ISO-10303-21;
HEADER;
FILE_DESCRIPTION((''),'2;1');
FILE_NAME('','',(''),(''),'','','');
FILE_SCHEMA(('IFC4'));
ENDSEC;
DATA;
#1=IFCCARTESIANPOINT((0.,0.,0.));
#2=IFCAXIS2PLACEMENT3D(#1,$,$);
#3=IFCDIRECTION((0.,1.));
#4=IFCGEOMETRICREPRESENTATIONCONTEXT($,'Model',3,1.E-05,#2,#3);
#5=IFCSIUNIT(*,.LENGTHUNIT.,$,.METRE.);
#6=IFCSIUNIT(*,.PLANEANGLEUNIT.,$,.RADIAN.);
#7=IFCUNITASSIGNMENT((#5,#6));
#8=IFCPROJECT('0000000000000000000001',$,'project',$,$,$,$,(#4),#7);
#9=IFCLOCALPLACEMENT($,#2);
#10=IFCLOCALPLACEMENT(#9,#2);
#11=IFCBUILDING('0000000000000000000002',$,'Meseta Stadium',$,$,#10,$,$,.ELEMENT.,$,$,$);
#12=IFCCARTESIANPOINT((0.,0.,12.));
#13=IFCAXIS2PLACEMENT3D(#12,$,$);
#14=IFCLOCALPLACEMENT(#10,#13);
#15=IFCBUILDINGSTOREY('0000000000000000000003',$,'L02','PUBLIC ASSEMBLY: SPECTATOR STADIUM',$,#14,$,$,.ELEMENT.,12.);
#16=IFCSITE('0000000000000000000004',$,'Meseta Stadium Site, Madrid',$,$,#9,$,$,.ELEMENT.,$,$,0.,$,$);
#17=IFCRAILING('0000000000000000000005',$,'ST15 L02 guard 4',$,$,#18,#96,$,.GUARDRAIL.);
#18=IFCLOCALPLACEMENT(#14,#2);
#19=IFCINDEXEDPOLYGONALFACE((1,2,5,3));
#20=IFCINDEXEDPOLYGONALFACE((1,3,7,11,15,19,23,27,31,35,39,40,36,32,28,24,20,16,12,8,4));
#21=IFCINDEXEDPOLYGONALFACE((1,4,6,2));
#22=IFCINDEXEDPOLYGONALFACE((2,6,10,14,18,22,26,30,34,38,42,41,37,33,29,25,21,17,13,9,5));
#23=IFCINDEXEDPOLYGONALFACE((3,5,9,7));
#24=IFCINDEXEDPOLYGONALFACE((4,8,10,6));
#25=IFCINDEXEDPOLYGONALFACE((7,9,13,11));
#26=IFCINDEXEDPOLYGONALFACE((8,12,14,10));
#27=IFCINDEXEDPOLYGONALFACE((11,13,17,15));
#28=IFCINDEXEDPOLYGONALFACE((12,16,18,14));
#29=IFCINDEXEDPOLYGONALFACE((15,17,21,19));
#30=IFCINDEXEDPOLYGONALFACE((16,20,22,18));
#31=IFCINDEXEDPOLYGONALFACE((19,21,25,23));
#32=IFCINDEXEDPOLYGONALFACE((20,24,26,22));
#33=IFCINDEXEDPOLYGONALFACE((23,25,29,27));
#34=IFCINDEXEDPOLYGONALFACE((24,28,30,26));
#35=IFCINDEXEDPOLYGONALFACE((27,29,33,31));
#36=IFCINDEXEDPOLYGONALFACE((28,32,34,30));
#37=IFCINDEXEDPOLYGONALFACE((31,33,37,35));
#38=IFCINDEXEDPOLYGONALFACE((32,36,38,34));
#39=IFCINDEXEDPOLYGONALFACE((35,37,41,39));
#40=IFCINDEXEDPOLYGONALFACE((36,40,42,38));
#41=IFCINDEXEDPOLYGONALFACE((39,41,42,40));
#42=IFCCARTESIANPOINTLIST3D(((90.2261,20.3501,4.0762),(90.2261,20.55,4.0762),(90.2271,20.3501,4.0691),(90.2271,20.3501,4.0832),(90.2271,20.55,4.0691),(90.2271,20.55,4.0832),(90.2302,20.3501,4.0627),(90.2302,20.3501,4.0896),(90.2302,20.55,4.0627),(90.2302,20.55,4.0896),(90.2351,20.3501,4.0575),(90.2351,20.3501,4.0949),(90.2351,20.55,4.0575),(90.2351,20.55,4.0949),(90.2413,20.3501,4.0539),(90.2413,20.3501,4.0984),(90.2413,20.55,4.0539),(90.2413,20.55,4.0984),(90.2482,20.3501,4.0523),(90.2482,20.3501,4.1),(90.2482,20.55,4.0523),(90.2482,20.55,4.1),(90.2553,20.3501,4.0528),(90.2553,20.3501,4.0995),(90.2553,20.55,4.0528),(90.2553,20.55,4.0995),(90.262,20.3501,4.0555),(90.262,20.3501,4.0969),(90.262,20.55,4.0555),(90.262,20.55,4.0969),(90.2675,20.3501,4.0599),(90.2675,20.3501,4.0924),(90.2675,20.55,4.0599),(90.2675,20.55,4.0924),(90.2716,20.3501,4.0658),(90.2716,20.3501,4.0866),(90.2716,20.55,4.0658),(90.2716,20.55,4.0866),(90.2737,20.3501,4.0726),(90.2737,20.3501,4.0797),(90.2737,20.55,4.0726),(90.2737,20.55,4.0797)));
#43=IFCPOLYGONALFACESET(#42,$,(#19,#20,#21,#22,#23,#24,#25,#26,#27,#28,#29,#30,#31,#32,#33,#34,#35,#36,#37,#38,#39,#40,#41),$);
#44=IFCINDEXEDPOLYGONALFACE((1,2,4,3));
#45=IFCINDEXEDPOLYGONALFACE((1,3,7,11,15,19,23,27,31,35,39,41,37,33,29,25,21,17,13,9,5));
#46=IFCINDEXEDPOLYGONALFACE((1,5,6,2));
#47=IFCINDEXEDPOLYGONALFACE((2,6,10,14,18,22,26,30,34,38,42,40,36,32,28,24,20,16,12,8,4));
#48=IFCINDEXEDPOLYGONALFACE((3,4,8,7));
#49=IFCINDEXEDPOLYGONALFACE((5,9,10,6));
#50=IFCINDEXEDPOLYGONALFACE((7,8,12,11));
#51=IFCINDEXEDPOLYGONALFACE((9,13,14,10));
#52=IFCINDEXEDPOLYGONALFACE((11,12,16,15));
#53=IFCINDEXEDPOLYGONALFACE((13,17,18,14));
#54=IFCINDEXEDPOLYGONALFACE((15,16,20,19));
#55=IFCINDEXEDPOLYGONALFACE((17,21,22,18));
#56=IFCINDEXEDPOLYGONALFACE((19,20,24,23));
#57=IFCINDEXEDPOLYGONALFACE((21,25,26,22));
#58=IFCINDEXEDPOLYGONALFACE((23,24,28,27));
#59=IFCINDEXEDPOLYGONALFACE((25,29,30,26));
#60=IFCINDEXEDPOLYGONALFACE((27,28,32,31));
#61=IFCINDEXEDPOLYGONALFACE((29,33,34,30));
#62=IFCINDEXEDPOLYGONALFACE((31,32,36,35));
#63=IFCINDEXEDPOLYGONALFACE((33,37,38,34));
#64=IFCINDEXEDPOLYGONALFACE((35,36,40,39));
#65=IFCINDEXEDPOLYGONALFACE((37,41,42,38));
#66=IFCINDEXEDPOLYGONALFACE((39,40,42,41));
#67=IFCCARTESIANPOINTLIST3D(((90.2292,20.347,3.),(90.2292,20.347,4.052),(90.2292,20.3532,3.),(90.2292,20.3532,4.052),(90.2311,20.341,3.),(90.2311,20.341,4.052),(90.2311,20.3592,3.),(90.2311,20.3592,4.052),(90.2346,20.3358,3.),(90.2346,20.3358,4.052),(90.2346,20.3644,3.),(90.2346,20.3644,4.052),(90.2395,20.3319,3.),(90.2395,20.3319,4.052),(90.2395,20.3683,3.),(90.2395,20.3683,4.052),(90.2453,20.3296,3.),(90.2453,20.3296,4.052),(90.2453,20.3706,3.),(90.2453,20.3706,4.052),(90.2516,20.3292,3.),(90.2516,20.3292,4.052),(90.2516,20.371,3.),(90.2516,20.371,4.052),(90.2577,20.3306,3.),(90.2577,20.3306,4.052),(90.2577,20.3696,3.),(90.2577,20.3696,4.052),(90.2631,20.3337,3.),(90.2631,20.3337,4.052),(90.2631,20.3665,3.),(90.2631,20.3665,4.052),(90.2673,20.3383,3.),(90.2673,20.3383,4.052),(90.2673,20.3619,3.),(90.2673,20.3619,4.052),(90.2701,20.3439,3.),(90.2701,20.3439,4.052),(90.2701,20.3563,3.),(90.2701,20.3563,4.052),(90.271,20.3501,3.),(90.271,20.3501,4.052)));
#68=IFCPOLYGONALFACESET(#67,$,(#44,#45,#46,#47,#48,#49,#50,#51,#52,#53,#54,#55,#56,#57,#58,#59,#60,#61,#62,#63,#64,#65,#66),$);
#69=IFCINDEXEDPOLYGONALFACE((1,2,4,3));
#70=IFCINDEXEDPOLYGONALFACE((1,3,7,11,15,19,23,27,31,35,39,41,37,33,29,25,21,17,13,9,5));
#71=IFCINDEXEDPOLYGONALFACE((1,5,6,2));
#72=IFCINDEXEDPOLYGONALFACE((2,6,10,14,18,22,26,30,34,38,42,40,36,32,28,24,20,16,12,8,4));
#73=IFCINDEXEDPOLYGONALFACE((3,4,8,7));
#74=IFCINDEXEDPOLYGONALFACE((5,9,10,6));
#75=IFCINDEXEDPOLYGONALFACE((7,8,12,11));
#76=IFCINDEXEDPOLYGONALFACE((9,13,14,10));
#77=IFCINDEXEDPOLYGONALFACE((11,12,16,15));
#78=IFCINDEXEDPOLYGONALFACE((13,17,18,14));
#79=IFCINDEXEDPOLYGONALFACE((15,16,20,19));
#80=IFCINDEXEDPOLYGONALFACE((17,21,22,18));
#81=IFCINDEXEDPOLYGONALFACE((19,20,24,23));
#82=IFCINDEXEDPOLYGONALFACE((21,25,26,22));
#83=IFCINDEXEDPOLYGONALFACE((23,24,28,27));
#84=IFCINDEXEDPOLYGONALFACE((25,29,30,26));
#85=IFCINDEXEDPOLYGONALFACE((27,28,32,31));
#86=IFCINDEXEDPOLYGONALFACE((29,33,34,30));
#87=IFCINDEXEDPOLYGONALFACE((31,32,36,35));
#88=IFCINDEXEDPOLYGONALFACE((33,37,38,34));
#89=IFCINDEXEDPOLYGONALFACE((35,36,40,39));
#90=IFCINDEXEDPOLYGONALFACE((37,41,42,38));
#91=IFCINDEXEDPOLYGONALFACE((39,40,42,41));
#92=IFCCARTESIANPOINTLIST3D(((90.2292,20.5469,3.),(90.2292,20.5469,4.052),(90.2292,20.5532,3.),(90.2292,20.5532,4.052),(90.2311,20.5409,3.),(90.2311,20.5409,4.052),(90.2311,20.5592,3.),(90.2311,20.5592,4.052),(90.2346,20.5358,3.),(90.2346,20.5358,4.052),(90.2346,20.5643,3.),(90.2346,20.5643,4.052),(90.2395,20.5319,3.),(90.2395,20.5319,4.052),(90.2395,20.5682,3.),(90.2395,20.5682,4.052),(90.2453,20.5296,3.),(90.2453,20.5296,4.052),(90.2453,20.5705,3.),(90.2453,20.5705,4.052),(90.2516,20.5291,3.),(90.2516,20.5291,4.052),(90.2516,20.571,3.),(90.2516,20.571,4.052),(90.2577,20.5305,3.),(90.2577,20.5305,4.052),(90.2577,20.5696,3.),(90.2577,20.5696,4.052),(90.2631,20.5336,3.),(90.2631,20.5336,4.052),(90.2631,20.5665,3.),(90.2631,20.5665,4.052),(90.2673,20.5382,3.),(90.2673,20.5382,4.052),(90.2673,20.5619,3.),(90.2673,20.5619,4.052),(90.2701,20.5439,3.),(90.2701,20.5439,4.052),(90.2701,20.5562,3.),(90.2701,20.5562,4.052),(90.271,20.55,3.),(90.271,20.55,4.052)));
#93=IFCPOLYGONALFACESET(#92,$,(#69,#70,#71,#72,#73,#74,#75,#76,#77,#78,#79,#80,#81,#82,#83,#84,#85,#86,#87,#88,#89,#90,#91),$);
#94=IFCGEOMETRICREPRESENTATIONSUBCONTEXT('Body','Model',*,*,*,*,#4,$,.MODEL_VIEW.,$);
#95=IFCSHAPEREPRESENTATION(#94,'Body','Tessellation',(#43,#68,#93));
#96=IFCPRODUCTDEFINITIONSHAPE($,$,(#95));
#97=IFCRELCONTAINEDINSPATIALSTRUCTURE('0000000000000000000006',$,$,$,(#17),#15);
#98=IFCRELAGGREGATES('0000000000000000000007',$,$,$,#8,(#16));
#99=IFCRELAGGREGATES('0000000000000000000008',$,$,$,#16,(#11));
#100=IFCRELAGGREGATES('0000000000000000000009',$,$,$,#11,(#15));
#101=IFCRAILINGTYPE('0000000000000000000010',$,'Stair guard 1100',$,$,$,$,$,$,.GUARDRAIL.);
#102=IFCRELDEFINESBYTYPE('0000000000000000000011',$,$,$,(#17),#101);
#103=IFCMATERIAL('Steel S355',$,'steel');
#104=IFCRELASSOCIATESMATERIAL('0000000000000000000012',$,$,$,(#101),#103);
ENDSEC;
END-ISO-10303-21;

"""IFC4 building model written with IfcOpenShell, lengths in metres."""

from ifc_helpers import new_model, si_unit, direction, frame, origin, origin_2d, place, context, subcontext, project, spatial, circle, extrude, material, type_object, element, save


model = new_model("IFC4")

# Units and contexts
model_context = context("Model", 3, precision=1e-05, world=origin(), true_north=direction((0.0, 1.0)))
body_context = subcontext(model_context, "Body", "Model", "MODEL_VIEW")
ifc_project = project(units=[si_unit("LENGTHUNIT", "METRE"), si_unit("PLANEANGLEUNIT", "RADIAN")], contexts=[model_context])

# Site, building, storey
site_placement = place(None, origin())
site = spatial("IfcSite", under=ifc_project, at=site_placement, Name="Meseta Stadium Site, Madrid", CompositionType="ELEMENT", RefElevation=0.0)
building_placement = place(site_placement, origin())
building = spatial("IfcBuilding", under=site, at=building_placement, Name="Meseta Stadium", CompositionType="ELEMENT")
storey_placement = place(building_placement, frame((0.0, 0.0, 12.0)))
storey = spatial("IfcBuildingStorey", under=building, at=storey_placement, Name="L02", Description="PUBLIC ASSEMBLY: SPECTATOR STADIUM", CompositionType="ELEMENT", Elevation=12.0)

# Railing
ifc_material_1 = material(Name="Steel S355", Category="steel")
railing_type_1 = type_object("IfcRailingType", Name="Stair guard 1100", PredefinedType="GUARDRAIL", material=ifc_material_1)
railing_1_placement = place(storey_placement, frame((90.25, 20.3501, 3.0)))
element("IfcRailing", 1, at=railing_1_placement, inside=storey, type_object=railing_type_1, Name="ST15 L02 guard 4", PredefinedType="GUARDRAIL", context=body_context, shape_type="SweptSolid", body=[
    extrude(circle(Radius=0.0239, at=origin_2d()), frame((0.0, 0.0, 1.0762), z_axis=(0.0, 1.0, 0.0), x_axis=(-1.0, 0.0, 0.0)), (0.0, 0.0, 1.0), 0.2),
    extrude(circle(Radius=0.021, at=origin_2d()), origin(), (0.0, 0.0, 1.0), 1.052),
    extrude(circle(Radius=0.021, at=origin_2d()), frame((0.0, 0.2, 0.0)), (0.0, 0.0, 1.0), 1.052),
])

save(model, "model.ifc")
